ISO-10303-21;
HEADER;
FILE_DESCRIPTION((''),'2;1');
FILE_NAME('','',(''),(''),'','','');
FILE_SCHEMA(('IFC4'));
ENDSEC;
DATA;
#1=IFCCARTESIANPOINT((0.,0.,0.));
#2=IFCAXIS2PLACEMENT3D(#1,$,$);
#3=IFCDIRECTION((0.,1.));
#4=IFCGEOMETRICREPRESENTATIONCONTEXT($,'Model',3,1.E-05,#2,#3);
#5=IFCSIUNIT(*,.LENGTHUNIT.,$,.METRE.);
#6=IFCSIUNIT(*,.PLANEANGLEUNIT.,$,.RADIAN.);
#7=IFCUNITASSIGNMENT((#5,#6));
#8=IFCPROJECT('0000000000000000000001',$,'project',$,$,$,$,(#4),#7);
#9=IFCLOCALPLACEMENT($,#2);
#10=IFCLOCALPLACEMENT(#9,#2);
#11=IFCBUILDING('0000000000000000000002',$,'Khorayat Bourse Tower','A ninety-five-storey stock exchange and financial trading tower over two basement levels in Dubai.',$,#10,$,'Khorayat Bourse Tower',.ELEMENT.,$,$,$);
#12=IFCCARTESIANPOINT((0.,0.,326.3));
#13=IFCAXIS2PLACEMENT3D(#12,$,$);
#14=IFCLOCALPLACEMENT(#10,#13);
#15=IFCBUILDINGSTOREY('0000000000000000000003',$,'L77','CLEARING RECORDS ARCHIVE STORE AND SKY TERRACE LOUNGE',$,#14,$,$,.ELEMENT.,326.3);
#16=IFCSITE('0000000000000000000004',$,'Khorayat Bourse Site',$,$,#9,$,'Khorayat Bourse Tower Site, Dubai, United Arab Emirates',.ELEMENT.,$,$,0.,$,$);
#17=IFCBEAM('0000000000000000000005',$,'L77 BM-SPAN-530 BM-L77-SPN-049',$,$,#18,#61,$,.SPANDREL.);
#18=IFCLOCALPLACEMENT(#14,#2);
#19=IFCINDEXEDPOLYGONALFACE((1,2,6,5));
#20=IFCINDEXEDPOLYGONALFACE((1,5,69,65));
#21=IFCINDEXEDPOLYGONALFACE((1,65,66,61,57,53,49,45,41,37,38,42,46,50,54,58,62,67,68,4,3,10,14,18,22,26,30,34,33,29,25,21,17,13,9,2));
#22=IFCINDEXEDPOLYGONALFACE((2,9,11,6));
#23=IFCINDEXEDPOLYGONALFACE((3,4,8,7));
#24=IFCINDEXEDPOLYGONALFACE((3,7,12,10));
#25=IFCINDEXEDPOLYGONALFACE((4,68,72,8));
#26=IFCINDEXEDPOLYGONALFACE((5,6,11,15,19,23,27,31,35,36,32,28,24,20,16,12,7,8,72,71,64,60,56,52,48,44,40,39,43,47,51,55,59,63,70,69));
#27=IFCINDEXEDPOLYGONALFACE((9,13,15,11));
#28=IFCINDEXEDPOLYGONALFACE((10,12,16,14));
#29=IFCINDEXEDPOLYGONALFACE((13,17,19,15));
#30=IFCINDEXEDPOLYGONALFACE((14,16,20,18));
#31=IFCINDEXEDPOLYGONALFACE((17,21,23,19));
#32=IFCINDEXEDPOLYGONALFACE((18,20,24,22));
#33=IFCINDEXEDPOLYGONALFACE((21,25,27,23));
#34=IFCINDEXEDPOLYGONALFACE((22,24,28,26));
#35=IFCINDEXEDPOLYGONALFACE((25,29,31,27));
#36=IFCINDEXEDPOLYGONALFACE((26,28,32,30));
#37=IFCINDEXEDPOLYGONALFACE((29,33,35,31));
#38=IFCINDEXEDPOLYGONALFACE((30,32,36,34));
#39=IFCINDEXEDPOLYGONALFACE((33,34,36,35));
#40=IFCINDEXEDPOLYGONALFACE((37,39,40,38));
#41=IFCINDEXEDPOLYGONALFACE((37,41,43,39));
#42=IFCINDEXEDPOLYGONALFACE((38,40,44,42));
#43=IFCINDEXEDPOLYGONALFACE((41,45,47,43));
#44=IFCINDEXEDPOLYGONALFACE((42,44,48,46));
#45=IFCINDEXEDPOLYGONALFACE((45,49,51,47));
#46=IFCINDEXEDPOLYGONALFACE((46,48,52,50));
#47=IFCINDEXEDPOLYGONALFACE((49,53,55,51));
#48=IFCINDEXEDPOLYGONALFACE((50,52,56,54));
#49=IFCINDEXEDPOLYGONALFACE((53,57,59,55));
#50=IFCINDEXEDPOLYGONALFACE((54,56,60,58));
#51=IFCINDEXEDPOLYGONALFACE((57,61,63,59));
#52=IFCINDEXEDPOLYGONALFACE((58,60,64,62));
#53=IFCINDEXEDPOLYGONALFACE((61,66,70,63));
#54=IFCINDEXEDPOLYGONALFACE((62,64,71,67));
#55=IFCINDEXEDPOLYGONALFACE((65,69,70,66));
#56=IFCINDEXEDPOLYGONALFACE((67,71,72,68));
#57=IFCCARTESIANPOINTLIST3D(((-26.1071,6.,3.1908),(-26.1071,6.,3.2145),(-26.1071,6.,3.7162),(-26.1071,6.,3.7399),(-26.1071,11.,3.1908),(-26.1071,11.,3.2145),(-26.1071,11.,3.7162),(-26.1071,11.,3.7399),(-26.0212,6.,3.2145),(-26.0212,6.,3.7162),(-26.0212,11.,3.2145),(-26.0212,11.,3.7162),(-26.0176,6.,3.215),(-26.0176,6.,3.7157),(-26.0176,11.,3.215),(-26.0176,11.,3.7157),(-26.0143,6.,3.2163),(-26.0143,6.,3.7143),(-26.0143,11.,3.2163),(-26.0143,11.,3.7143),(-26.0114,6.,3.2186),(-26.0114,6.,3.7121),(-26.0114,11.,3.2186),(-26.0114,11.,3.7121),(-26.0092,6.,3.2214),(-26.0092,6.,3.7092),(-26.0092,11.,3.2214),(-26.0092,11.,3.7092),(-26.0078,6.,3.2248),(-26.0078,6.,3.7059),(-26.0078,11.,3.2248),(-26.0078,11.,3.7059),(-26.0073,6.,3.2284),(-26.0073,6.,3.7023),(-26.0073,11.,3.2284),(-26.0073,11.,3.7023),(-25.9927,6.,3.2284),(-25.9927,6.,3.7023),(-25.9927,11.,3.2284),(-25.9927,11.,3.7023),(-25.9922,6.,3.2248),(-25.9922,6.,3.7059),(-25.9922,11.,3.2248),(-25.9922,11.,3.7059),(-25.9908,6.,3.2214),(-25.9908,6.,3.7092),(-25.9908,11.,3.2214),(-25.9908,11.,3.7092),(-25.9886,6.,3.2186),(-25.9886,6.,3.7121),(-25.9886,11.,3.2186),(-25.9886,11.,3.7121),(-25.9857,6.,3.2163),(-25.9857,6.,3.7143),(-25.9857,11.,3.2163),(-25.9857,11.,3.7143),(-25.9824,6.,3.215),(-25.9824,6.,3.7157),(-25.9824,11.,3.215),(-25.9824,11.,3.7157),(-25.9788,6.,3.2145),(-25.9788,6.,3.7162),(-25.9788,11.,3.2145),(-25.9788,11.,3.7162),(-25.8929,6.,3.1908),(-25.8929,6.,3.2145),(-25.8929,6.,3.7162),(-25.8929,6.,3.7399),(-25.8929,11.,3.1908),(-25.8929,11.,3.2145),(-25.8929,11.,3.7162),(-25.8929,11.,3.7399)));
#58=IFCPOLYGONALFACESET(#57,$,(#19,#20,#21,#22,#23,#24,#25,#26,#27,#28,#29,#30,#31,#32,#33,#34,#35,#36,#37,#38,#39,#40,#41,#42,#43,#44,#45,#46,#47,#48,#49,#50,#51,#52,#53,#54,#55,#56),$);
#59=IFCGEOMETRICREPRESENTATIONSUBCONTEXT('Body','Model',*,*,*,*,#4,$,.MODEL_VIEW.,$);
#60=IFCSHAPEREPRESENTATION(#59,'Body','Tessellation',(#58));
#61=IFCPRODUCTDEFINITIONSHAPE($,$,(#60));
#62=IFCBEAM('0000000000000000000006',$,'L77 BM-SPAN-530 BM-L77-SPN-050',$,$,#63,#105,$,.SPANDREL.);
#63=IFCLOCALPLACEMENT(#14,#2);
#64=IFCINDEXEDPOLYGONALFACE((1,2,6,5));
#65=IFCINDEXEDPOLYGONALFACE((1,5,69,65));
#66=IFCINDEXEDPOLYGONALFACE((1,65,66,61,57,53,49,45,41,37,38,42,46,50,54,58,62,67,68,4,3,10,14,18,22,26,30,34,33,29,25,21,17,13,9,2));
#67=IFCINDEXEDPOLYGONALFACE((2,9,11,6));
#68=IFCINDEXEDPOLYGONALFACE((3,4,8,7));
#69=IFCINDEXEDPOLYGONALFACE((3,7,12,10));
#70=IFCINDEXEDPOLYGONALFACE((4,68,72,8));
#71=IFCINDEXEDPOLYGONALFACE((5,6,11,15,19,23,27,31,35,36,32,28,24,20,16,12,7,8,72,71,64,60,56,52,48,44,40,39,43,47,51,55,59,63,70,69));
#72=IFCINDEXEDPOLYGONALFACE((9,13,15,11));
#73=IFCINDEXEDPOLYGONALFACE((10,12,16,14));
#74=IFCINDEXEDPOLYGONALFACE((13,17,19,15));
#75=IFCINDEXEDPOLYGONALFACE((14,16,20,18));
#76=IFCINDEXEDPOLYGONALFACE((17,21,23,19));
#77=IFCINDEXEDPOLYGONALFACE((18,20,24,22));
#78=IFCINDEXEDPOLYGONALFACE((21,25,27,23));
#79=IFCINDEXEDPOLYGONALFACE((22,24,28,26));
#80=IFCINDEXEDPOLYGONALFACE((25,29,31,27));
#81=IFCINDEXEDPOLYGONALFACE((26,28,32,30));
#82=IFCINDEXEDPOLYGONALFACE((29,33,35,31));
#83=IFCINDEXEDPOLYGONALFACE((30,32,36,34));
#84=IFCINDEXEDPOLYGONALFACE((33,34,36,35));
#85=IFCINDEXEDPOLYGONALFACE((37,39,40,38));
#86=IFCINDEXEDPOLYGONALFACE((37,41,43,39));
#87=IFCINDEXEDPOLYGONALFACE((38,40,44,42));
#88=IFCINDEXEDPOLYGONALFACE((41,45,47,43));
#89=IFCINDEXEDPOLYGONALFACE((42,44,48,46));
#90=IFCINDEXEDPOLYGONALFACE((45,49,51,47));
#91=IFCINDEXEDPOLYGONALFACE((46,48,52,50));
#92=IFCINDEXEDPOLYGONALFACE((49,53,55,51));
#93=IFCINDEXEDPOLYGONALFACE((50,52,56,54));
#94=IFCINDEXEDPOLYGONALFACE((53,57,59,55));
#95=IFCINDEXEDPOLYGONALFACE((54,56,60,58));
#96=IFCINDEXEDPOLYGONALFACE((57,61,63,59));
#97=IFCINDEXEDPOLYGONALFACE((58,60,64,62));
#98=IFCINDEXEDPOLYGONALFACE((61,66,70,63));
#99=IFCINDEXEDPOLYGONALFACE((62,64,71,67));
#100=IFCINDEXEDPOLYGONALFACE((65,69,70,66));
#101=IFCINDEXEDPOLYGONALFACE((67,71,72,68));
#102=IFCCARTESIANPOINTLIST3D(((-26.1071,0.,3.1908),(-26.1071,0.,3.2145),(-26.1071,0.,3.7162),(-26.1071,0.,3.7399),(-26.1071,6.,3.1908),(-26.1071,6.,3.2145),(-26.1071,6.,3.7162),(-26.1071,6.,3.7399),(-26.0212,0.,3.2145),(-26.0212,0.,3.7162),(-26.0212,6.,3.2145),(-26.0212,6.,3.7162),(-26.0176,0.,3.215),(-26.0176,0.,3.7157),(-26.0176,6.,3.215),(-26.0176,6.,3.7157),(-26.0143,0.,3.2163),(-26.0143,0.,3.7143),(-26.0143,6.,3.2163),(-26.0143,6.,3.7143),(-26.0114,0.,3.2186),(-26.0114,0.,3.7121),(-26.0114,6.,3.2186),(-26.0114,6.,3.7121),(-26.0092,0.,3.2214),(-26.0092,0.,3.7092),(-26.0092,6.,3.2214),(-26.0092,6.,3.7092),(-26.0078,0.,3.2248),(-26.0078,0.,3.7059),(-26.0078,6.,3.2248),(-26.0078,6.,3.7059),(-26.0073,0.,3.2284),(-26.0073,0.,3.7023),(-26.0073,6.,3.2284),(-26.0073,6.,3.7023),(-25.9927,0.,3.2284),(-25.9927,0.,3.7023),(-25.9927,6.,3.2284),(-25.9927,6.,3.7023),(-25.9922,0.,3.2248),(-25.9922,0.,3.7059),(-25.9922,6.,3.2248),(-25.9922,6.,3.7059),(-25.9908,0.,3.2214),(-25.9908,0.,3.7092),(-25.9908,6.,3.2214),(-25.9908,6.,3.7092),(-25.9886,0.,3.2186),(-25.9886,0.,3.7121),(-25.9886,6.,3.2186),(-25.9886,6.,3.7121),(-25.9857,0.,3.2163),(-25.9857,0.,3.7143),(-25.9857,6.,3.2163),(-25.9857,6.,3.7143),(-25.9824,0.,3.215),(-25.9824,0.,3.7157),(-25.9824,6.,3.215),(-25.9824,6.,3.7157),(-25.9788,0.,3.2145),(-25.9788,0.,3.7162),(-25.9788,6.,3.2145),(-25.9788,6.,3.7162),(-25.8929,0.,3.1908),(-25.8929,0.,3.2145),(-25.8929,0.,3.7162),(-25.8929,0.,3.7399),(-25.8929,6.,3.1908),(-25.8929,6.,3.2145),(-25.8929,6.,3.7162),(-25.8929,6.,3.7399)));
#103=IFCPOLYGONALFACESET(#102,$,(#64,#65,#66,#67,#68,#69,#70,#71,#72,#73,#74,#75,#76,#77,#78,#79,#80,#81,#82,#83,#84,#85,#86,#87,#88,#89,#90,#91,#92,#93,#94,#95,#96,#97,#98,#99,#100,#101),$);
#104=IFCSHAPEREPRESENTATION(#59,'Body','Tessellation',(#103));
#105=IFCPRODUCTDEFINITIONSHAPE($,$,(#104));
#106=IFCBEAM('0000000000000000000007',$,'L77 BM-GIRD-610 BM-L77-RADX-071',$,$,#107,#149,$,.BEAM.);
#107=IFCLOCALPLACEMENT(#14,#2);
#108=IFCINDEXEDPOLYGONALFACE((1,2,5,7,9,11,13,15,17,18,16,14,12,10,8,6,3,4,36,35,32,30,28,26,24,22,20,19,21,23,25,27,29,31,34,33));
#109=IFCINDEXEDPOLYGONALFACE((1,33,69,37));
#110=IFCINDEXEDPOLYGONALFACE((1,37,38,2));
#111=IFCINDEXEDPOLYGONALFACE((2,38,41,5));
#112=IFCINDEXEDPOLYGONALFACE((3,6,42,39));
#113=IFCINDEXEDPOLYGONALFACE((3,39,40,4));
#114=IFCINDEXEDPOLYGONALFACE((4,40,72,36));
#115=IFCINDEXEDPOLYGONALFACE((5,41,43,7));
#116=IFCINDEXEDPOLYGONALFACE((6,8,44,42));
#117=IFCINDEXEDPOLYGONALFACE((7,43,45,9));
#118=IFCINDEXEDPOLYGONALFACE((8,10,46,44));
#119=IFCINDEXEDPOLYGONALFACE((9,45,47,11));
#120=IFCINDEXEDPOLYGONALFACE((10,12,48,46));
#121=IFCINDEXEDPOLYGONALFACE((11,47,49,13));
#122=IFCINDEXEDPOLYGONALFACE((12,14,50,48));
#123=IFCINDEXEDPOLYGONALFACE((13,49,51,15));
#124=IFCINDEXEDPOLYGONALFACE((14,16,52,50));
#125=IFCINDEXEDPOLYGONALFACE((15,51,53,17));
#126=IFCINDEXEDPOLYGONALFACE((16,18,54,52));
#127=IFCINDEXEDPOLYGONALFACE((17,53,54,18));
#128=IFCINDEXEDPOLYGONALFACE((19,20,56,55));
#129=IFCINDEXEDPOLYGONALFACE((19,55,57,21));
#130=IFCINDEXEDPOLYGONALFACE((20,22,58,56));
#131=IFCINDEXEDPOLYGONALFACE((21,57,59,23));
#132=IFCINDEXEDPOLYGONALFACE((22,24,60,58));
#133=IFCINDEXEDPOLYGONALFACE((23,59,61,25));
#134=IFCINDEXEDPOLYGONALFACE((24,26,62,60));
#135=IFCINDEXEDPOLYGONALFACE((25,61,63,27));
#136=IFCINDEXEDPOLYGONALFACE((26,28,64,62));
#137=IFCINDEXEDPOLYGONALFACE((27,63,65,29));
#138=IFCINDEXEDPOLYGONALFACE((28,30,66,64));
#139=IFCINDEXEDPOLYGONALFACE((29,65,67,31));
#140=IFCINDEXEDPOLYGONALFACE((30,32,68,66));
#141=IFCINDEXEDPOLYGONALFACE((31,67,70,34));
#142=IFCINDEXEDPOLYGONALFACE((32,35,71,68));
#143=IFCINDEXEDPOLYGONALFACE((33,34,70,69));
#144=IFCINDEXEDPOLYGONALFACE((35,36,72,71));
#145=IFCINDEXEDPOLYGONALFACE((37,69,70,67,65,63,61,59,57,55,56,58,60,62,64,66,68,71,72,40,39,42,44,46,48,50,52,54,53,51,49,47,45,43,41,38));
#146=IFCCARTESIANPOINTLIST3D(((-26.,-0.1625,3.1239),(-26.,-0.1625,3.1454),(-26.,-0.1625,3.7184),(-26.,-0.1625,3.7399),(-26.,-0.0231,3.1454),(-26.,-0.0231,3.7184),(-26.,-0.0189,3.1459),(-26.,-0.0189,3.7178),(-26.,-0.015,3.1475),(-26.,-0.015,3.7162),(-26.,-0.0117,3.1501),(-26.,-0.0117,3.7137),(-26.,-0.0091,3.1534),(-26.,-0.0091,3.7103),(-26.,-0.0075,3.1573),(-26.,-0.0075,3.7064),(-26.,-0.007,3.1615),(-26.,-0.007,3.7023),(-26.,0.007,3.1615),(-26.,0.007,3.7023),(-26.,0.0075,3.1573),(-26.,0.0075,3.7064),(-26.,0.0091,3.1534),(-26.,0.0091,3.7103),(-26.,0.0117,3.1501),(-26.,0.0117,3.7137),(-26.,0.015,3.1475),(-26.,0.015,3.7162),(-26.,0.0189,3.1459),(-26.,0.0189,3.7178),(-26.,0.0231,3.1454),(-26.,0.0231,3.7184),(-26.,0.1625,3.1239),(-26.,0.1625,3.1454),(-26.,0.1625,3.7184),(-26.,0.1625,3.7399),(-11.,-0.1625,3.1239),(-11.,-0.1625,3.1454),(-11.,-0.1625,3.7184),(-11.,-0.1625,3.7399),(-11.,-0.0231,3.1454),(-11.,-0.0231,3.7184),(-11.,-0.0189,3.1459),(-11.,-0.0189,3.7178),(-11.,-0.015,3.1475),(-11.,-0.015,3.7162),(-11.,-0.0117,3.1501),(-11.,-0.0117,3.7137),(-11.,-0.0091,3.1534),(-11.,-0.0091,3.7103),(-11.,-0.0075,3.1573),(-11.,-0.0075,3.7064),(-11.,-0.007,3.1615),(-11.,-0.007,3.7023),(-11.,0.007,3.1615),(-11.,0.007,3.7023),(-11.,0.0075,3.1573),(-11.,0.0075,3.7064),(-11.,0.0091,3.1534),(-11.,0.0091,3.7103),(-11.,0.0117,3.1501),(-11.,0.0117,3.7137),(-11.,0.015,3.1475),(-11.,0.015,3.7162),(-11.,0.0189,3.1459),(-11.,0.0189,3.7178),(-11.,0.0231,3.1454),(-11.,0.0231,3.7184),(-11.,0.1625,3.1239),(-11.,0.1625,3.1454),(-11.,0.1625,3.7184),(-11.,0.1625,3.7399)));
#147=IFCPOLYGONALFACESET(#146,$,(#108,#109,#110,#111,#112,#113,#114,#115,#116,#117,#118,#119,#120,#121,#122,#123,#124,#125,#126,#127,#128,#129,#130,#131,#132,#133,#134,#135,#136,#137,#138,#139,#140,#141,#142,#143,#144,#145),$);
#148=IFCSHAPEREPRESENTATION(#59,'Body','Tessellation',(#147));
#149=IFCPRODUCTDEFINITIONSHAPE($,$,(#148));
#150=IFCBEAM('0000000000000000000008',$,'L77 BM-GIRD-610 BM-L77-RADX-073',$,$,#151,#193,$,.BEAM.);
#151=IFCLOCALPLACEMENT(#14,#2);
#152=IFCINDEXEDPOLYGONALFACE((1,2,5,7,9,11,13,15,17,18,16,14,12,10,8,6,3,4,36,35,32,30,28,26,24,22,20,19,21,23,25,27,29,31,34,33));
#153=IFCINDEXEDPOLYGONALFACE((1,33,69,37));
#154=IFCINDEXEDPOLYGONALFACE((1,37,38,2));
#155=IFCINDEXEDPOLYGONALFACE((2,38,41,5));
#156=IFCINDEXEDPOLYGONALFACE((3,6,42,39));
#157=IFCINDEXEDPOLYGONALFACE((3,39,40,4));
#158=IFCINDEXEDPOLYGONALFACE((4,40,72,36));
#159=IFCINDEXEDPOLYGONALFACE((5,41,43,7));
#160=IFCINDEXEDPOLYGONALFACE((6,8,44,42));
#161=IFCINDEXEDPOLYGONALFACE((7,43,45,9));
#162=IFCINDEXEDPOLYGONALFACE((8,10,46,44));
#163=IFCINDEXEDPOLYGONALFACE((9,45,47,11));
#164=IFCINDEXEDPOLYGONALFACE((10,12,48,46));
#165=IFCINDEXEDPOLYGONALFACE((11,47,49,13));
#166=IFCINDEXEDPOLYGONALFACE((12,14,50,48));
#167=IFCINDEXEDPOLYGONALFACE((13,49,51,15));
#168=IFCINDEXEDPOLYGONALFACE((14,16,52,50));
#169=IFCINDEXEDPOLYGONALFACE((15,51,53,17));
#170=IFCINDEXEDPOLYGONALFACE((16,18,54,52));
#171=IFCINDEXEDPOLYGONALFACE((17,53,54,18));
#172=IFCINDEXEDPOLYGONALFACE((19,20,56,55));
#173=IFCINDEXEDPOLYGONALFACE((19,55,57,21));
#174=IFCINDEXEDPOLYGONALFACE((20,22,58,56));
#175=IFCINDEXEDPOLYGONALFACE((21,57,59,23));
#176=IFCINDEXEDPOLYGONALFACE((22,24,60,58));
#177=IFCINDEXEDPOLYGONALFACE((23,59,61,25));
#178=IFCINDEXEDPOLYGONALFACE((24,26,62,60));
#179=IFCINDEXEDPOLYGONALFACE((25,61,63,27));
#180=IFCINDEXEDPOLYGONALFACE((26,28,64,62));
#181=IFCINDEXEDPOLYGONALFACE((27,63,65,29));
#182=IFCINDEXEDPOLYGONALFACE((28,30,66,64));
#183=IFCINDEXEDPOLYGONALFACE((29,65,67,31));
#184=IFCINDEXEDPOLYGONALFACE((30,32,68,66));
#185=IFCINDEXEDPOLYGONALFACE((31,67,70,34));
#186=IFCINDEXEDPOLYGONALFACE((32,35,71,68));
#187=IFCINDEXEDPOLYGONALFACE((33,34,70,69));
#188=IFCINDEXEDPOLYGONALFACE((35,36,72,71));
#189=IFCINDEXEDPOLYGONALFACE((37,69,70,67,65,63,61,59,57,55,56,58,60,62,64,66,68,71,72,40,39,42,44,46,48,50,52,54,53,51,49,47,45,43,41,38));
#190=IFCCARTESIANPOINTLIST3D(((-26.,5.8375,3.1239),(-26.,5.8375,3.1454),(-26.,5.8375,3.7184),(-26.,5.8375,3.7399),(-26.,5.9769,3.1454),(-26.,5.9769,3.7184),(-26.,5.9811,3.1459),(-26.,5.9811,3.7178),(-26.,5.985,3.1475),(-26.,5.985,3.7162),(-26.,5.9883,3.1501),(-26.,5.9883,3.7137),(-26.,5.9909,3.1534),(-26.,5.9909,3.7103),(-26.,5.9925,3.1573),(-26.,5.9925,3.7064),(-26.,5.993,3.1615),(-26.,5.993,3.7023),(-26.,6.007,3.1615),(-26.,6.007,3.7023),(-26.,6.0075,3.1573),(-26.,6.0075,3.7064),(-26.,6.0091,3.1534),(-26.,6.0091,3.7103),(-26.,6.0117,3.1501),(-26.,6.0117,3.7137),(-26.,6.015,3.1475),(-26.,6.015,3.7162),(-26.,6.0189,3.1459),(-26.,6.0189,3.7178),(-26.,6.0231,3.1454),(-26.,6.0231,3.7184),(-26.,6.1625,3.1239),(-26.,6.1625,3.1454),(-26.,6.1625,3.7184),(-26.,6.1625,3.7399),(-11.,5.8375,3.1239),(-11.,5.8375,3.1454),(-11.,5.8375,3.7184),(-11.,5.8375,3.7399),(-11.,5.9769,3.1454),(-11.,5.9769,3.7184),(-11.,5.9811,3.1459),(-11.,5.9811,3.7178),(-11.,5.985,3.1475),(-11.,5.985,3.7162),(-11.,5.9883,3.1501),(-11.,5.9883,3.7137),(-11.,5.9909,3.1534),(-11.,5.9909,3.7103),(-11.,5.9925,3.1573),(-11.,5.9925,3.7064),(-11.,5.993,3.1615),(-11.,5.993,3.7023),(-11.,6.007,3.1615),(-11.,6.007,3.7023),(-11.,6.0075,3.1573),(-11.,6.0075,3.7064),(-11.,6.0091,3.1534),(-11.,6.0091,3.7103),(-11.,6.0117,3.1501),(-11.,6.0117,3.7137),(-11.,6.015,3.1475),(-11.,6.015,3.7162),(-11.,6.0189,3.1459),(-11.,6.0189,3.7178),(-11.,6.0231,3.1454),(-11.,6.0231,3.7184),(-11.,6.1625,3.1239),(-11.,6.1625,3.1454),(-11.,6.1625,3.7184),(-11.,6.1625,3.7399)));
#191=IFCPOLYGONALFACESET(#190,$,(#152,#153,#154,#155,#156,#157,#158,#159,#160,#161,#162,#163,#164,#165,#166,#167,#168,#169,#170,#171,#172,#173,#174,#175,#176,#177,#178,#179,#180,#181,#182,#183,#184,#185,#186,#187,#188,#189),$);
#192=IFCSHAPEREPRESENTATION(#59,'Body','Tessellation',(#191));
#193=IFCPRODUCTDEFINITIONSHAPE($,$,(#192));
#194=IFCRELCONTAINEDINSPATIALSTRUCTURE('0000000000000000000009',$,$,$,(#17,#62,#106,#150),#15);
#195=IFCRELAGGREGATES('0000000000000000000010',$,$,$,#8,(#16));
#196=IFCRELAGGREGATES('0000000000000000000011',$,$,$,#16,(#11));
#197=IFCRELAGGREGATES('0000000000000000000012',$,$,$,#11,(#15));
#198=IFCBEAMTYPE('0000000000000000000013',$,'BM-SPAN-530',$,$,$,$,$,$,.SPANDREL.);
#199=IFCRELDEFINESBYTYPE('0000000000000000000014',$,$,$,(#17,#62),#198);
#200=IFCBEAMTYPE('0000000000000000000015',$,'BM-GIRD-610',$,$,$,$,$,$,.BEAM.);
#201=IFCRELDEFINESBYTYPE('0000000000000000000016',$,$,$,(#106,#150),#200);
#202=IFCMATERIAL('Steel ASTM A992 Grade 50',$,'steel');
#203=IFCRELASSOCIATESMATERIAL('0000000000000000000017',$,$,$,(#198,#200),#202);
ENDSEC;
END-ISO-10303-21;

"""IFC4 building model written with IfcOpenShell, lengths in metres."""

from ifc_helpers import new_model, si_unit, direction, frame, origin, origin_2d, place, context, subcontext, project, spatial, i_section, extrude, source, transform, mapped, material, material_profile, profile_set, type_object, element, save


model = new_model("IFC4")

# Units and contexts
model_context = context("Model", 3, precision=1e-05, world=origin(), true_north=direction((0.0, 1.0)))
body_context = subcontext(model_context, "Body", "Model", "MODEL_VIEW")
ifc_project = project(units=[si_unit("LENGTHUNIT", "METRE"), si_unit("PLANEANGLEUNIT", "RADIAN")], contexts=[model_context])

# Site, building, storey
site_placement = place(None, origin())
site = spatial("IfcSite", under=ifc_project, at=site_placement, Name="Khorayat Bourse Site", LongName="Khorayat Bourse Tower Site, Dubai, United Arab Emirates", CompositionType="ELEMENT", RefElevation=0.0)
building_placement = place(site_placement, origin())
building = spatial("IfcBuilding", under=site, at=building_placement, Name="Khorayat Bourse Tower", Description="A ninety-five-storey stock exchange and financial trading tower over two basement levels in Dubai.", LongName="Khorayat Bourse Tower", CompositionType="ELEMENT")
storey_placement = place(building_placement, frame((0.0, 0.0, 326.3)))
storey = spatial("IfcBuildingStorey", under=building, at=storey_placement, Name="L77", Description="CLEARING RECORDS ARCHIVE STORE AND SKY TERRACE LOUNGE", CompositionType="ELEMENT", Elevation=326.3)

# Beams
ifc_material_1 = material(Name="Steel ASTM A992 Grade 50", Category="steel")
ifc_material_profile_1 = material_profile(ifc_material_1, i_section(OverallWidth=0.2141, OverallDepth=0.5491, WebThickness=0.0146, FlangeThickness=0.0237, FilletRadius=0.0139, at=origin_2d()), Name="W530X138")
ifc_profile_set_1 = profile_set([ifc_material_profile_1], Name="Steel ASTM A992 Grade 50")
beam_type_1 = type_object("IfcBeamType", Name="BM-SPAN-530", PredefinedType="SPANDREL", material=ifc_profile_set_1)
shared_shape_1 = source(origin(), body_context, "Body", "SweptSolid", [
    extrude(i_section(OverallWidth=0.2141, OverallDepth=0.5491, WebThickness=0.0146, FlangeThickness=0.0237, FilletRadius=0.0139, at=origin_2d()), origin(), (0.0, 0.0, 1.0), 5.0),
])
beam_1_placement = place(storey_placement, frame((-26.0, 6.0, 3.4653), z_axis=(0.0, 1.0, 0.0), x_axis=(-1.0, 0.0, 0.0)))
element("IfcBeam", 1, at=beam_1_placement, inside=storey, type_object=beam_type_1, Name="L77 BM-SPAN-530 BM-L77-SPN-049", PredefinedType="SPANDREL", context=body_context, shape_type="MappedRepresentation", body=[
    mapped(shared_shape_1, transform((0.0, 0.0, 0.0), scale=1.0)),
])
shared_shape_2 = source(origin(), body_context, "Body", "SweptSolid", [
    extrude(i_section(OverallWidth=0.2141, OverallDepth=0.5491, WebThickness=0.0146, FlangeThickness=0.0237, FilletRadius=0.0139, at=origin_2d()), origin(), (0.0, 0.0, 1.0), 6.0),
])
beam_2_placement = place(storey_placement, frame((-26.0, 0.0, 3.4653), z_axis=(0.0, 1.0, 0.0), x_axis=(-1.0, 0.0, 0.0)))
element("IfcBeam", 2, at=beam_2_placement, inside=storey, type_object=beam_type_1, Name="L77 BM-SPAN-530 BM-L77-SPN-050", PredefinedType="SPANDREL", context=body_context, shape_type="MappedRepresentation", body=[
    mapped(shared_shape_2, transform((0.0, 0.0, 0.0), scale=1.0)),
])
ifc_material_profile_2 = material_profile(ifc_material_1, i_section(OverallWidth=0.325, OverallDepth=0.616, WebThickness=0.0139, FlangeThickness=0.0215, FilletRadius=0.0161, at=origin_2d()), Name="W610X174")
ifc_profile_set_2 = profile_set([ifc_material_profile_2], Name="Steel ASTM A992 Grade 50")
beam_type_2 = type_object("IfcBeamType", Name="BM-GIRD-610", PredefinedType="BEAM", material=ifc_profile_set_2)
shared_shape_3 = source(origin(), body_context, "Body", "SweptSolid", [
    extrude(i_section(OverallWidth=0.325, OverallDepth=0.616, WebThickness=0.0139, FlangeThickness=0.0215, FilletRadius=0.0161, at=origin_2d()), origin(), (0.0, 0.0, 1.0), 15.0),
])
for number, where, z_axis, x_axis, name in (
    (3, (-26.0, 0.0, 3.4319), (1.0, 0.0, 0.0), (0.0, 1.0, 0.0), "L77 BM-GIRD-610 BM-L77-RADX-071"),
    (4, (-26.0, 6.0, 3.4319), (1.0, 0.0, 0.0), (0.0, 1.0, 0.0), "L77 BM-GIRD-610 BM-L77-RADX-073"),
):
    element("IfcBeam", number, at=place(storey_placement, frame(where, z_axis=z_axis, x_axis=x_axis)), inside=storey, type_object=beam_type_2, Name=name, PredefinedType="BEAM", context=body_context, shape_type="MappedRepresentation", body=[
        mapped(shared_shape_3, transform((0.0, 0.0, 0.0), scale=1.0)),
    ])

save(model, "model.ifc")
